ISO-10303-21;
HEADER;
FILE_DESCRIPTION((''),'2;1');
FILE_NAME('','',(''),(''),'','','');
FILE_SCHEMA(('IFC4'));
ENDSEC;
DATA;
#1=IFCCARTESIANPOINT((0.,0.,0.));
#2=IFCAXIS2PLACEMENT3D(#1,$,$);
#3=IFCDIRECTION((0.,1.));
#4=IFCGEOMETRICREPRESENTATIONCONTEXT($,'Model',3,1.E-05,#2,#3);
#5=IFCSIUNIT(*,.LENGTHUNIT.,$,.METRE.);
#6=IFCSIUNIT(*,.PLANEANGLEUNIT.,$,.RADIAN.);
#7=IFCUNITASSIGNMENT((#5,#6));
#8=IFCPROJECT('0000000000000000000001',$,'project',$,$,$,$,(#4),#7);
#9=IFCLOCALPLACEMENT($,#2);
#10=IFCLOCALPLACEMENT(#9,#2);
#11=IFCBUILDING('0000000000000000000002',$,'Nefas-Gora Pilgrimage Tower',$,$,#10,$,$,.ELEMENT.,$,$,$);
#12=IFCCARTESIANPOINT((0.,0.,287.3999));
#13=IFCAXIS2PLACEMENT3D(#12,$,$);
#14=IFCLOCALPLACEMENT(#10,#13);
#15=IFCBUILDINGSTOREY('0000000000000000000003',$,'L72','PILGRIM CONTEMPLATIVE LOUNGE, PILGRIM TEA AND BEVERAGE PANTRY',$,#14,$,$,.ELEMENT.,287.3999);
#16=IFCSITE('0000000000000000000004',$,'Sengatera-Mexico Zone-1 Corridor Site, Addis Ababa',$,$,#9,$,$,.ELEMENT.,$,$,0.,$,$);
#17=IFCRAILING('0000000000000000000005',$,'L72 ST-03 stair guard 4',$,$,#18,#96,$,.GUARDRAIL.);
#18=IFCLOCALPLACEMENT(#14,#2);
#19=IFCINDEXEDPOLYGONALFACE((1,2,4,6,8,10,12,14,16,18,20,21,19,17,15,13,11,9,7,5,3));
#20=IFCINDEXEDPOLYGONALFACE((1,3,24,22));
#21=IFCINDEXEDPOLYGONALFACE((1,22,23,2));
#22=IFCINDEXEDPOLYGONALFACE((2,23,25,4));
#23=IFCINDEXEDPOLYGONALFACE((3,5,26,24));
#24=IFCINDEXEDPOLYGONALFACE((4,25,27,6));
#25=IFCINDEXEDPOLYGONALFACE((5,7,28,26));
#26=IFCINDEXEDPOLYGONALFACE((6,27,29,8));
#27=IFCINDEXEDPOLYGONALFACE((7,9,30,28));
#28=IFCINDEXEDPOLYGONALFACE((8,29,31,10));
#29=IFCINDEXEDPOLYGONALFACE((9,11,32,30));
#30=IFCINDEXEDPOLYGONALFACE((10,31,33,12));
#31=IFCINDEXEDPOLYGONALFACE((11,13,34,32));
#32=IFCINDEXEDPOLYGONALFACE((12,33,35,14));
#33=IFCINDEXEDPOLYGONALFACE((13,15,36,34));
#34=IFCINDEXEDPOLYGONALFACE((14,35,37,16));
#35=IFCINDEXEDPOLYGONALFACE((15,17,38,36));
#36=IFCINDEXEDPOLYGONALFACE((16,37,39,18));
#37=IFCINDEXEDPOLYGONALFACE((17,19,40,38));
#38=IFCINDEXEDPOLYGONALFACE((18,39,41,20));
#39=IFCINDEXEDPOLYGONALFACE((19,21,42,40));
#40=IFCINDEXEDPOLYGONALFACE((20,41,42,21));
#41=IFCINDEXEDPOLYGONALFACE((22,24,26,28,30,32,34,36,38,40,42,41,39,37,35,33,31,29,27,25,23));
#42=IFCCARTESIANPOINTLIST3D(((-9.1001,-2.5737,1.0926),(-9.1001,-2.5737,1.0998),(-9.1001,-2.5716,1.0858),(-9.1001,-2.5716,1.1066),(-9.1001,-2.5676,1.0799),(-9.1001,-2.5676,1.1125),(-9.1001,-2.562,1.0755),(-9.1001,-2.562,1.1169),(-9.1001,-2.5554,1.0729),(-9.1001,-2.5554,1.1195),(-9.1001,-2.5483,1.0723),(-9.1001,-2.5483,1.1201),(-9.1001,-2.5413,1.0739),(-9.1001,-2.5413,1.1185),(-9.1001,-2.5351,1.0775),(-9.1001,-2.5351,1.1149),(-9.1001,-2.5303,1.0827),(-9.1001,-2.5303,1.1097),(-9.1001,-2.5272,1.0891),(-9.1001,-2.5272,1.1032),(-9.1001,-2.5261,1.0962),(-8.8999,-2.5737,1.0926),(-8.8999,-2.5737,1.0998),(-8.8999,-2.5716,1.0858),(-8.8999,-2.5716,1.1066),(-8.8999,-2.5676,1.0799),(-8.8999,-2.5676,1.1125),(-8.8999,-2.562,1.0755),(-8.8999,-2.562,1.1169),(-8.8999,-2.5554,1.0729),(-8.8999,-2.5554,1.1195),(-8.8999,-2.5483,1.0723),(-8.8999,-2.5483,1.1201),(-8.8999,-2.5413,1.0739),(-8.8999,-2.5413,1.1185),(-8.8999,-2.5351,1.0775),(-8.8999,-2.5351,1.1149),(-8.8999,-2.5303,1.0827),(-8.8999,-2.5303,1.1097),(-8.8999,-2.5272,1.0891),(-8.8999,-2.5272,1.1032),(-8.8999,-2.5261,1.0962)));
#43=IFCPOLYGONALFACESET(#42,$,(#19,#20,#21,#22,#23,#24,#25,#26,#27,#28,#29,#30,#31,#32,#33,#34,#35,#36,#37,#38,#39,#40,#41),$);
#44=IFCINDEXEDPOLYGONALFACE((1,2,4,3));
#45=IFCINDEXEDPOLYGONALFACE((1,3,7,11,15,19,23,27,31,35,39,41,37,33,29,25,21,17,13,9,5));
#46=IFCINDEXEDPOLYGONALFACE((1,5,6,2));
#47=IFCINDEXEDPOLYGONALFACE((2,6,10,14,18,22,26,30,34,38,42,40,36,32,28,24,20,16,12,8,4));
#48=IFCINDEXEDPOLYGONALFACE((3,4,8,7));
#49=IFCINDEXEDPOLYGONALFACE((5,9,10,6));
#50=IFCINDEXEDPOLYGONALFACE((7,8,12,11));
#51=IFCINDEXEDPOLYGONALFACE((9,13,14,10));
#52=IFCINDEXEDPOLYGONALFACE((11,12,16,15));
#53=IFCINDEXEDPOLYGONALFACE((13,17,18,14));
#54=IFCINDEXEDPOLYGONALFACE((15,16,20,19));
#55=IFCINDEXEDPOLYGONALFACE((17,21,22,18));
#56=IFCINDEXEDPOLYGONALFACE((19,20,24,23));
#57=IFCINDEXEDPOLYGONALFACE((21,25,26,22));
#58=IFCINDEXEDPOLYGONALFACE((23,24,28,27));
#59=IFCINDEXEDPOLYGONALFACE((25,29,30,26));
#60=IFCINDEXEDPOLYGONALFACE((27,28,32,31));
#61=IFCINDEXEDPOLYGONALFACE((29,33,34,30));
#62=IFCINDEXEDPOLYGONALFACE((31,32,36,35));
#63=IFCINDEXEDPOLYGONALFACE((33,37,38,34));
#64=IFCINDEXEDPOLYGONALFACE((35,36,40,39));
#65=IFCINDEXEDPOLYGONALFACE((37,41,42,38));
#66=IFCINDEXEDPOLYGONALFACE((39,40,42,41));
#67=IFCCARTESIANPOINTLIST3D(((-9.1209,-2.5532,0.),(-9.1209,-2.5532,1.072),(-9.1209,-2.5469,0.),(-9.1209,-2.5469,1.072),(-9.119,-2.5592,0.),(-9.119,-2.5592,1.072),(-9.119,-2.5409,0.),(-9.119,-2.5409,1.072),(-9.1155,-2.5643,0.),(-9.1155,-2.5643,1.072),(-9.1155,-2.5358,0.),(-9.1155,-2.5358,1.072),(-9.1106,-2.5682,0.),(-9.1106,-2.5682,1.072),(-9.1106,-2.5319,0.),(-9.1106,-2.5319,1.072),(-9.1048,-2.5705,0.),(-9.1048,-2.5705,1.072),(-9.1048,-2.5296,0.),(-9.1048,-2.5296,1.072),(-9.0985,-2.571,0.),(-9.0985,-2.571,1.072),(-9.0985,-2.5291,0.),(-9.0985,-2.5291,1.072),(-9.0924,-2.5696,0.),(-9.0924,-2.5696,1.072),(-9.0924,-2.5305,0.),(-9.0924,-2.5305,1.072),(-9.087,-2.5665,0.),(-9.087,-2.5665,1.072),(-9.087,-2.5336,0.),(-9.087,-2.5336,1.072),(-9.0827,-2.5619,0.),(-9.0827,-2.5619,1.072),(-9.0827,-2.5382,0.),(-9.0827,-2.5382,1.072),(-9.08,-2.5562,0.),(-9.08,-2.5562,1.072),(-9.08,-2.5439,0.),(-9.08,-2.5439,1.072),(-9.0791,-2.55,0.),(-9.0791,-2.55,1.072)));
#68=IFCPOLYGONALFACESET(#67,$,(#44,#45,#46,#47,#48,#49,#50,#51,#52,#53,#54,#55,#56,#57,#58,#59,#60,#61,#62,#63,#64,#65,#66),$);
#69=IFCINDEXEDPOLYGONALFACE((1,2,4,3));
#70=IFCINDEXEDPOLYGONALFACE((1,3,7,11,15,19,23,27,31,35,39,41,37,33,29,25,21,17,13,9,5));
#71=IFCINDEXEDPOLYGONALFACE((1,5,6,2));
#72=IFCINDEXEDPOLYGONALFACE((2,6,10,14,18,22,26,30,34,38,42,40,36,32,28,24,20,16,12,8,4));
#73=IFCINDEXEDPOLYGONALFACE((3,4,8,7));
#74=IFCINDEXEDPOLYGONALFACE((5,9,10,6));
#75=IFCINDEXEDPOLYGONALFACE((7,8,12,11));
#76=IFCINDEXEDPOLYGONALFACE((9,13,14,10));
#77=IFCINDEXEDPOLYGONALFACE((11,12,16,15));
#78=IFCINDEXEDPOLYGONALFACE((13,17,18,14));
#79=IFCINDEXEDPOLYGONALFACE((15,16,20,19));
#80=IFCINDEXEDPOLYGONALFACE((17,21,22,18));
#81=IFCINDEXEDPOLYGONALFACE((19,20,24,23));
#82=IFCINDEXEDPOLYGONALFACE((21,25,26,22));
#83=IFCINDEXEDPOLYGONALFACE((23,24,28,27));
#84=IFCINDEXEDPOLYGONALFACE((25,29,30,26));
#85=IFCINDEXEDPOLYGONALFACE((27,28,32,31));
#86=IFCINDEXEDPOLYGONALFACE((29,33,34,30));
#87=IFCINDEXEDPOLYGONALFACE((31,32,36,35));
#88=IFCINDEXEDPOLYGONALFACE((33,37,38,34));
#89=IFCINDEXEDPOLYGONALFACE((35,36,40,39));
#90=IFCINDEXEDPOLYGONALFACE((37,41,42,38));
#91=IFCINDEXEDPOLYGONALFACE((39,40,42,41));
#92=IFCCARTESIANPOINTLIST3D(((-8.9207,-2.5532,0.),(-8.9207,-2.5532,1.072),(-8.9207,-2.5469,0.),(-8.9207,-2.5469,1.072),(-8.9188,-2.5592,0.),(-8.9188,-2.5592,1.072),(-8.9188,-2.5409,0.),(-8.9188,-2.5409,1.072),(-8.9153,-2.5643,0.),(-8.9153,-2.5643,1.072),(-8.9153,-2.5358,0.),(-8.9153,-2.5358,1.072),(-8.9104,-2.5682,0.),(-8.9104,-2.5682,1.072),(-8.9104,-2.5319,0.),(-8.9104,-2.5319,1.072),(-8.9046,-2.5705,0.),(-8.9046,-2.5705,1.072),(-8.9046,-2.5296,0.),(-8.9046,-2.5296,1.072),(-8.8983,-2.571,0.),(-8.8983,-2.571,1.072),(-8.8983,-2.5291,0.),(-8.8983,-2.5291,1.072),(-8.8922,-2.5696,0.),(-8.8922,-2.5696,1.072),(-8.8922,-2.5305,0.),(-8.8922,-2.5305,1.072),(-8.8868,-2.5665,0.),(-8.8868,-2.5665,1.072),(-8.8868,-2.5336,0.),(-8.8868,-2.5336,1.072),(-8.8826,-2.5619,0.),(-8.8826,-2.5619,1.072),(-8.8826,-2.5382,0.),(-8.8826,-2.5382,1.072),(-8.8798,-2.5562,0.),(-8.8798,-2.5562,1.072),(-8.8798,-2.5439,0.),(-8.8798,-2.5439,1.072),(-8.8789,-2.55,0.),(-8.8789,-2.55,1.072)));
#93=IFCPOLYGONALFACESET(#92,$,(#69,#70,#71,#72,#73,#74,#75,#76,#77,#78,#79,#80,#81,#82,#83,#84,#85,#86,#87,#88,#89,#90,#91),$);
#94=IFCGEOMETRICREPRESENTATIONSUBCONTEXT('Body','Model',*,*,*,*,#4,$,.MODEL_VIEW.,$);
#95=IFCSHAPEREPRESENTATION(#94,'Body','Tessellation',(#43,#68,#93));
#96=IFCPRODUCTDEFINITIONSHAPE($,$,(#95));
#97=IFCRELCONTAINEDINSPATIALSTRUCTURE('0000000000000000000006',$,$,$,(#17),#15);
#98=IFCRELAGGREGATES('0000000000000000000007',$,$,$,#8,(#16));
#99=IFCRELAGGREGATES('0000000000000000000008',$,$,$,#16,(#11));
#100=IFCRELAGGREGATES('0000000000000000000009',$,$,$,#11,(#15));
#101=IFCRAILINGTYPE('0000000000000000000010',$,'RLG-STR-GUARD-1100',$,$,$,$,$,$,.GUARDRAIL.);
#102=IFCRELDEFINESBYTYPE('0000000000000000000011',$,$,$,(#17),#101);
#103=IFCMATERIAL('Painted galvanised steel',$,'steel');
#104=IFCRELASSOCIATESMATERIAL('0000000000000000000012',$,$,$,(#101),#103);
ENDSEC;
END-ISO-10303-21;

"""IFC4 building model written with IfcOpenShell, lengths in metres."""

from ifc_helpers import new_model, si_unit, direction, frame, origin, origin_2d, place, context, subcontext, project, spatial, circle, extrude, material, type_object, element, save


model = new_model("IFC4")

# Units and contexts
model_context = context("Model", 3, precision=1e-05, world=origin(), true_north=direction((0.0, 1.0)))
body_context = subcontext(model_context, "Body", "Model", "MODEL_VIEW")
ifc_project = project(units=[si_unit("LENGTHUNIT", "METRE"), si_unit("PLANEANGLEUNIT", "RADIAN")], contexts=[model_context])

# Site, building, storey
site_placement = place(None, origin())
site = spatial("IfcSite", under=ifc_project, at=site_placement, Name="Sengatera-Mexico Zone-1 Corridor Site, Addis Ababa", CompositionType="ELEMENT", RefElevation=0.0)
building_placement = place(site_placement, origin())
building = spatial("IfcBuilding", under=site, at=building_placement, Name="Nefas-Gora Pilgrimage Tower", CompositionType="ELEMENT")
storey_placement = place(building_placement, frame((0.0, 0.0, 287.3999)))
storey = spatial("IfcBuildingStorey", under=building, at=storey_placement, Name="L72", Description="PILGRIM CONTEMPLATIVE LOUNGE, PILGRIM TEA AND BEVERAGE PANTRY", CompositionType="ELEMENT", Elevation=287.3999)

# Railing
ifc_material_1 = material(Name="Painted galvanised steel", Category="steel")
railing_type_1 = type_object("IfcRailingType", Name="RLG-STR-GUARD-1100", PredefinedType="GUARDRAIL", material=ifc_material_1)
railing_1_placement = place(storey_placement, frame((-9.1001, -2.55, 0.0)))
element("IfcRailing", 1, at=railing_1_placement, inside=storey, type_object=railing_type_1, Name="L72 ST-03 stair guard 4", PredefinedType="GUARDRAIL", context=body_context, shape_type="SweptSolid", body=[
    extrude(circle(Radius=0.0239, at=origin_2d()), frame((0.0, 0.0, 1.0962), z_axis=(1.0, 0.0, 0.0), x_axis=(0.0, 1.0, 0.0)), (0.0, 0.0, 1.0), 0.2002),
    extrude(circle(Radius=0.021, at=origin_2d()), origin(), (0.0, 0.0, 1.0), 1.072),
    extrude(circle(Radius=0.021, at=origin_2d()), frame((0.2002, 0.0, 0.0)), (0.0, 0.0, 1.0), 1.072),
])

save(model, "model.ifc")
